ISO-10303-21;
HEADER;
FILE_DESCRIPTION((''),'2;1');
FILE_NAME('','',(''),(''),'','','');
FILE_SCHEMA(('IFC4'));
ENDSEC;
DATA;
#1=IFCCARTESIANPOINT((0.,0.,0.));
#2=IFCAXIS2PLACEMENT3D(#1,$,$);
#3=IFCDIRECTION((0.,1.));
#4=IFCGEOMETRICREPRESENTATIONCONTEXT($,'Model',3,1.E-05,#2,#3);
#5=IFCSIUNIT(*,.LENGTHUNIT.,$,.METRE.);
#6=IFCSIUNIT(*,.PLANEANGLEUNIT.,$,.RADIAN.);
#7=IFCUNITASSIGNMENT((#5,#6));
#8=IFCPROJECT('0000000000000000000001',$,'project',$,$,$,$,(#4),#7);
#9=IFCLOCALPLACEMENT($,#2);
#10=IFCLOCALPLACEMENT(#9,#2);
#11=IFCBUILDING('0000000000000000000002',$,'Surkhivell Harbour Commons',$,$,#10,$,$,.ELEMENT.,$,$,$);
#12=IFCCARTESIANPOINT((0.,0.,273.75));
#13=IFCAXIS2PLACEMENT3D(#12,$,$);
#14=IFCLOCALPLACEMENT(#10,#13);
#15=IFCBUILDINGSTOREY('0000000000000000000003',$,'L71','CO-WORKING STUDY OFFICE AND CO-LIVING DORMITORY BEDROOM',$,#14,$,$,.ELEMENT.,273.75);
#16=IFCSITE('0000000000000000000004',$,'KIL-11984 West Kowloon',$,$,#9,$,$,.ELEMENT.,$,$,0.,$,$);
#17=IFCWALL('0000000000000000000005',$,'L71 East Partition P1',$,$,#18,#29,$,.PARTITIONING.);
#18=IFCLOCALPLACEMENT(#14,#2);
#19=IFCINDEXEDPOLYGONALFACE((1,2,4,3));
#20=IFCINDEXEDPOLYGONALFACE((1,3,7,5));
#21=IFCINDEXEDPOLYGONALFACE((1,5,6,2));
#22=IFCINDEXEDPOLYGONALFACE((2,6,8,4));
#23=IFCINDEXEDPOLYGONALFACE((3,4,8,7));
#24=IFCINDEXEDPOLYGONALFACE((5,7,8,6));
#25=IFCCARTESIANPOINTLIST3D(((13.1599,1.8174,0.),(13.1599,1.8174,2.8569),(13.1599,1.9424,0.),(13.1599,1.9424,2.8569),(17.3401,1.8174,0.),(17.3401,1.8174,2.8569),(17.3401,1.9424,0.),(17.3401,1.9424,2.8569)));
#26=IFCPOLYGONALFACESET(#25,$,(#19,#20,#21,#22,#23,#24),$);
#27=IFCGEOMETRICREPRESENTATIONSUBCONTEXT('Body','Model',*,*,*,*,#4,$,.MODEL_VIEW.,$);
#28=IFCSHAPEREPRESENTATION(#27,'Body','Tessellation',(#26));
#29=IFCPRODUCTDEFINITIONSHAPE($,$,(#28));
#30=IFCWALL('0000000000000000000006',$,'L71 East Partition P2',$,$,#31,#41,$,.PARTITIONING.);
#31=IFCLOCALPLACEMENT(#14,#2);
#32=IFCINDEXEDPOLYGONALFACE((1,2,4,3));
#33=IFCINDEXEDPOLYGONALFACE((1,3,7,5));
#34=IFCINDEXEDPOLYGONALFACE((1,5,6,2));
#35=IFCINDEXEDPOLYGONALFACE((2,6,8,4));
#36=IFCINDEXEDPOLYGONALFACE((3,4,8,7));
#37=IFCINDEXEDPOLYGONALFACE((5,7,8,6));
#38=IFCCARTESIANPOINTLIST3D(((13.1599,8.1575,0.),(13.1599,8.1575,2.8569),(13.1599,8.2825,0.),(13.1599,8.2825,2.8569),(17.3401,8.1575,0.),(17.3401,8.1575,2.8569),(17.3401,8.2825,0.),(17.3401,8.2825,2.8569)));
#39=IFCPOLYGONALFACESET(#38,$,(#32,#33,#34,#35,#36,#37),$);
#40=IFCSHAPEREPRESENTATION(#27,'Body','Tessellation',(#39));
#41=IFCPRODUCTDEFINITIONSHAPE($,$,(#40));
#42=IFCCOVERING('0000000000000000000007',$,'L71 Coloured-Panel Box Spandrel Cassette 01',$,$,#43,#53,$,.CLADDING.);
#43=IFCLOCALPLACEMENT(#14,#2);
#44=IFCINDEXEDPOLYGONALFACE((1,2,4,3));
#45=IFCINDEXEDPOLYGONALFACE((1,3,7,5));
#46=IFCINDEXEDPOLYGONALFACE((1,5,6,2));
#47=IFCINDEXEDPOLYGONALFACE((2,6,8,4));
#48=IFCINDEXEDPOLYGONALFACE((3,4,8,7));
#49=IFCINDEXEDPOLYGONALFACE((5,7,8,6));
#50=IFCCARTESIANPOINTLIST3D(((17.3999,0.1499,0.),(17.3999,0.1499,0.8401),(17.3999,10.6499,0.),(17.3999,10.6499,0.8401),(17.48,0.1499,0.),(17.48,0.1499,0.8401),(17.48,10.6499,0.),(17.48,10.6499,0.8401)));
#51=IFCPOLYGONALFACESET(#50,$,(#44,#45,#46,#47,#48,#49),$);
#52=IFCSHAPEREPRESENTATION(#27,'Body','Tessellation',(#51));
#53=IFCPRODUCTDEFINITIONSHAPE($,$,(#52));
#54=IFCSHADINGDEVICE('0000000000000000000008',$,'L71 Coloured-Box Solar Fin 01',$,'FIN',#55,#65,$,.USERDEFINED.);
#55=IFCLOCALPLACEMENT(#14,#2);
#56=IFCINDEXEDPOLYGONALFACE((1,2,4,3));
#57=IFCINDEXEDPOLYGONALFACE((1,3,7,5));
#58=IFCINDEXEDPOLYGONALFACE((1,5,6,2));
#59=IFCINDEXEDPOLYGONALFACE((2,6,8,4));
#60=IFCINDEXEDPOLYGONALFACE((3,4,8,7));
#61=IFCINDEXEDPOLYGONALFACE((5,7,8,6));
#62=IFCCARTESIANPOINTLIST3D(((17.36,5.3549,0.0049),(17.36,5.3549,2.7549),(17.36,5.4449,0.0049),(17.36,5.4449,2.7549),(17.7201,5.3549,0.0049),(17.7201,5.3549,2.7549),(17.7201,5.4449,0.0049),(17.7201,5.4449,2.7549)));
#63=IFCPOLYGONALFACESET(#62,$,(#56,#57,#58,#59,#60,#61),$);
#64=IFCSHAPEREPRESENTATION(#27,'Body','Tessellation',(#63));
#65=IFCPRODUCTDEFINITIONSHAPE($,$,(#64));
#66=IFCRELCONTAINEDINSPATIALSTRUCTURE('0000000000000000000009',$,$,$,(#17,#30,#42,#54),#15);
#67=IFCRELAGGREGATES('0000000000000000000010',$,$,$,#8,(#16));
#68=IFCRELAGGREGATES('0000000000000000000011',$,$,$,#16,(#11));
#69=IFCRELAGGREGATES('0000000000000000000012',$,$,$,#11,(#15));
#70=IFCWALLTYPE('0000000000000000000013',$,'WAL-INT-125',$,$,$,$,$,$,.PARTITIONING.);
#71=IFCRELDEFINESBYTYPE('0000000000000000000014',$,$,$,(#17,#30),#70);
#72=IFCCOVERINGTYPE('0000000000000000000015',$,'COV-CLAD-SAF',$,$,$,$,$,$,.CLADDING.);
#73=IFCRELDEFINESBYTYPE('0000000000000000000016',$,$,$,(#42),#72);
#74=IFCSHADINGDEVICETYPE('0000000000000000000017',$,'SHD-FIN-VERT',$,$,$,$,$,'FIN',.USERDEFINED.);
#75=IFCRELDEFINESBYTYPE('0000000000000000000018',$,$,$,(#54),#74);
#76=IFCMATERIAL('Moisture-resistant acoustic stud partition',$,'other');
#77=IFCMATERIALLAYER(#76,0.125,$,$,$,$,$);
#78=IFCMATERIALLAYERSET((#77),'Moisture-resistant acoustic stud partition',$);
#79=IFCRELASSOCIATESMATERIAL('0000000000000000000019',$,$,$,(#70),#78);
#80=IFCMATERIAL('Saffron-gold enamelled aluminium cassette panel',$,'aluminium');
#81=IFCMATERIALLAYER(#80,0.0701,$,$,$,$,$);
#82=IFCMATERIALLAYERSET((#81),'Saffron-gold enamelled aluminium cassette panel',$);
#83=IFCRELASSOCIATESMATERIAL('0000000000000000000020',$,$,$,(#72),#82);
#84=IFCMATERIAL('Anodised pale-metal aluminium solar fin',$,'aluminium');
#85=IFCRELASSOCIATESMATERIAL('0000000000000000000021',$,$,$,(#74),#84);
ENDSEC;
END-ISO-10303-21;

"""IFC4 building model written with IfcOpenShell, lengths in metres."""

from ifc_helpers import new_model, si_unit, direction, frame, frame_2d, origin, origin_2d, place, context, subcontext, project, spatial, rectangle, extrude, material, layer, layer_set, type_object, element, save


model = new_model("IFC4")

# Units and contexts
model_context = context("Model", 3, precision=1e-05, world=origin(), true_north=direction((0.0, 1.0)))
body_context = subcontext(model_context, "Body", "Model", "MODEL_VIEW")
ifc_project = project(units=[si_unit("LENGTHUNIT", "METRE"), si_unit("PLANEANGLEUNIT", "RADIAN")], contexts=[model_context])

# Site, building, storey
site_placement = place(None, origin())
site = spatial("IfcSite", under=ifc_project, at=site_placement, Name="KIL-11984 West Kowloon", CompositionType="ELEMENT", RefElevation=0.0)
building_placement = place(site_placement, origin())
building = spatial("IfcBuilding", under=site, at=building_placement, Name="Surkhivell Harbour Commons", CompositionType="ELEMENT")
storey_placement = place(building_placement, frame((0.0, 0.0, 273.75)))
storey = spatial("IfcBuildingStorey", under=building, at=storey_placement, Name="L71", Description="CO-WORKING STUDY OFFICE AND CO-LIVING DORMITORY BEDROOM", CompositionType="ELEMENT", Elevation=273.75)

# Walls
ifc_material_1 = material(Name="Moisture-resistant acoustic stud partition", Category="other")
ifc_layer_1 = layer(ifc_material_1, 0.125)
ifc_layer_set_1 = layer_set([ifc_layer_1], Name="Moisture-resistant acoustic stud partition")
wall_type_1 = type_object("IfcWallType", Name="WAL-INT-125", PredefinedType="PARTITIONING", material=ifc_layer_set_1)
for number, where, z_axis, x_axis, name in (
    (1, (13.1599, 1.8799, 0.0), (0.0, 0.0, 1.0), (1.0, 0.0, 0.0), "L71 East Partition P1"),
    (2, (13.1599, 8.22, 0.0), (0.0, 0.0, 1.0), (1.0, 0.0, 0.0), "L71 East Partition P2"),
):
    element("IfcWall", number, at=place(storey_placement, frame(where, z_axis=z_axis, x_axis=x_axis)), inside=storey, type_object=wall_type_1, Name=name, PredefinedType="PARTITIONING", context=body_context, shape_type="SweptSolid", body=[
        extrude(rectangle(XDim=4.1802, YDim=0.125, at=frame_2d((2.0901, 0.0))), origin(), (0.0, 0.0, 1.0), 2.8569),
    ])

# Covering
ifc_material_2 = material(Name="Saffron-gold enamelled aluminium cassette panel", Category="aluminium")
ifc_layer_2 = layer(ifc_material_2, 0.0701)
ifc_layer_set_2 = layer_set([ifc_layer_2], Name="Saffron-gold enamelled aluminium cassette panel")
covering_type = type_object("IfcCoveringType", Name="COV-CLAD-SAF", PredefinedType="CLADDING", material=ifc_layer_set_2)
covering_placement = place(storey_placement, frame((17.4399, 5.3999, 0.0), z_axis=(0.0, 0.0, 1.0), x_axis=(1.0, 0.0, 0.0)))
element("IfcCovering", 3, at=covering_placement, inside=storey, type_object=covering_type, Name="L71 Coloured-Panel Box Spandrel Cassette 01", PredefinedType="CLADDING", context=body_context, shape_type="SweptSolid", body=[
    extrude(rectangle(XDim=0.0801, YDim=10.5, at=origin_2d()), origin(), (0.0, 0.0, 1.0), 0.8401),
])

# Shading device
ifc_material_3 = material(Name="Anodised pale-metal aluminium solar fin", Category="aluminium")
shading_device_type = type_object("IfcShadingDeviceType", Name="SHD-FIN-VERT", ElementType="FIN", PredefinedType="USERDEFINED", material=ifc_material_3)
shading_device_placement = place(storey_placement, frame((17.54, 5.3999, 0.0049), z_axis=(0.0, 0.0, 1.0), x_axis=(1.0, 0.0, 0.0)))
element("IfcShadingDevice", 4, at=shading_device_placement, inside=storey, type_object=shading_device_type, Name="L71 Coloured-Box Solar Fin 01", ObjectType="FIN", PredefinedType="USERDEFINED", context=body_context, shape_type="SweptSolid", body=[
    extrude(rectangle(XDim=0.3601, YDim=0.0901, at=origin_2d()), origin(), (0.0, 0.0, 1.0), 2.75),
])

save(model, "model.ifc")
